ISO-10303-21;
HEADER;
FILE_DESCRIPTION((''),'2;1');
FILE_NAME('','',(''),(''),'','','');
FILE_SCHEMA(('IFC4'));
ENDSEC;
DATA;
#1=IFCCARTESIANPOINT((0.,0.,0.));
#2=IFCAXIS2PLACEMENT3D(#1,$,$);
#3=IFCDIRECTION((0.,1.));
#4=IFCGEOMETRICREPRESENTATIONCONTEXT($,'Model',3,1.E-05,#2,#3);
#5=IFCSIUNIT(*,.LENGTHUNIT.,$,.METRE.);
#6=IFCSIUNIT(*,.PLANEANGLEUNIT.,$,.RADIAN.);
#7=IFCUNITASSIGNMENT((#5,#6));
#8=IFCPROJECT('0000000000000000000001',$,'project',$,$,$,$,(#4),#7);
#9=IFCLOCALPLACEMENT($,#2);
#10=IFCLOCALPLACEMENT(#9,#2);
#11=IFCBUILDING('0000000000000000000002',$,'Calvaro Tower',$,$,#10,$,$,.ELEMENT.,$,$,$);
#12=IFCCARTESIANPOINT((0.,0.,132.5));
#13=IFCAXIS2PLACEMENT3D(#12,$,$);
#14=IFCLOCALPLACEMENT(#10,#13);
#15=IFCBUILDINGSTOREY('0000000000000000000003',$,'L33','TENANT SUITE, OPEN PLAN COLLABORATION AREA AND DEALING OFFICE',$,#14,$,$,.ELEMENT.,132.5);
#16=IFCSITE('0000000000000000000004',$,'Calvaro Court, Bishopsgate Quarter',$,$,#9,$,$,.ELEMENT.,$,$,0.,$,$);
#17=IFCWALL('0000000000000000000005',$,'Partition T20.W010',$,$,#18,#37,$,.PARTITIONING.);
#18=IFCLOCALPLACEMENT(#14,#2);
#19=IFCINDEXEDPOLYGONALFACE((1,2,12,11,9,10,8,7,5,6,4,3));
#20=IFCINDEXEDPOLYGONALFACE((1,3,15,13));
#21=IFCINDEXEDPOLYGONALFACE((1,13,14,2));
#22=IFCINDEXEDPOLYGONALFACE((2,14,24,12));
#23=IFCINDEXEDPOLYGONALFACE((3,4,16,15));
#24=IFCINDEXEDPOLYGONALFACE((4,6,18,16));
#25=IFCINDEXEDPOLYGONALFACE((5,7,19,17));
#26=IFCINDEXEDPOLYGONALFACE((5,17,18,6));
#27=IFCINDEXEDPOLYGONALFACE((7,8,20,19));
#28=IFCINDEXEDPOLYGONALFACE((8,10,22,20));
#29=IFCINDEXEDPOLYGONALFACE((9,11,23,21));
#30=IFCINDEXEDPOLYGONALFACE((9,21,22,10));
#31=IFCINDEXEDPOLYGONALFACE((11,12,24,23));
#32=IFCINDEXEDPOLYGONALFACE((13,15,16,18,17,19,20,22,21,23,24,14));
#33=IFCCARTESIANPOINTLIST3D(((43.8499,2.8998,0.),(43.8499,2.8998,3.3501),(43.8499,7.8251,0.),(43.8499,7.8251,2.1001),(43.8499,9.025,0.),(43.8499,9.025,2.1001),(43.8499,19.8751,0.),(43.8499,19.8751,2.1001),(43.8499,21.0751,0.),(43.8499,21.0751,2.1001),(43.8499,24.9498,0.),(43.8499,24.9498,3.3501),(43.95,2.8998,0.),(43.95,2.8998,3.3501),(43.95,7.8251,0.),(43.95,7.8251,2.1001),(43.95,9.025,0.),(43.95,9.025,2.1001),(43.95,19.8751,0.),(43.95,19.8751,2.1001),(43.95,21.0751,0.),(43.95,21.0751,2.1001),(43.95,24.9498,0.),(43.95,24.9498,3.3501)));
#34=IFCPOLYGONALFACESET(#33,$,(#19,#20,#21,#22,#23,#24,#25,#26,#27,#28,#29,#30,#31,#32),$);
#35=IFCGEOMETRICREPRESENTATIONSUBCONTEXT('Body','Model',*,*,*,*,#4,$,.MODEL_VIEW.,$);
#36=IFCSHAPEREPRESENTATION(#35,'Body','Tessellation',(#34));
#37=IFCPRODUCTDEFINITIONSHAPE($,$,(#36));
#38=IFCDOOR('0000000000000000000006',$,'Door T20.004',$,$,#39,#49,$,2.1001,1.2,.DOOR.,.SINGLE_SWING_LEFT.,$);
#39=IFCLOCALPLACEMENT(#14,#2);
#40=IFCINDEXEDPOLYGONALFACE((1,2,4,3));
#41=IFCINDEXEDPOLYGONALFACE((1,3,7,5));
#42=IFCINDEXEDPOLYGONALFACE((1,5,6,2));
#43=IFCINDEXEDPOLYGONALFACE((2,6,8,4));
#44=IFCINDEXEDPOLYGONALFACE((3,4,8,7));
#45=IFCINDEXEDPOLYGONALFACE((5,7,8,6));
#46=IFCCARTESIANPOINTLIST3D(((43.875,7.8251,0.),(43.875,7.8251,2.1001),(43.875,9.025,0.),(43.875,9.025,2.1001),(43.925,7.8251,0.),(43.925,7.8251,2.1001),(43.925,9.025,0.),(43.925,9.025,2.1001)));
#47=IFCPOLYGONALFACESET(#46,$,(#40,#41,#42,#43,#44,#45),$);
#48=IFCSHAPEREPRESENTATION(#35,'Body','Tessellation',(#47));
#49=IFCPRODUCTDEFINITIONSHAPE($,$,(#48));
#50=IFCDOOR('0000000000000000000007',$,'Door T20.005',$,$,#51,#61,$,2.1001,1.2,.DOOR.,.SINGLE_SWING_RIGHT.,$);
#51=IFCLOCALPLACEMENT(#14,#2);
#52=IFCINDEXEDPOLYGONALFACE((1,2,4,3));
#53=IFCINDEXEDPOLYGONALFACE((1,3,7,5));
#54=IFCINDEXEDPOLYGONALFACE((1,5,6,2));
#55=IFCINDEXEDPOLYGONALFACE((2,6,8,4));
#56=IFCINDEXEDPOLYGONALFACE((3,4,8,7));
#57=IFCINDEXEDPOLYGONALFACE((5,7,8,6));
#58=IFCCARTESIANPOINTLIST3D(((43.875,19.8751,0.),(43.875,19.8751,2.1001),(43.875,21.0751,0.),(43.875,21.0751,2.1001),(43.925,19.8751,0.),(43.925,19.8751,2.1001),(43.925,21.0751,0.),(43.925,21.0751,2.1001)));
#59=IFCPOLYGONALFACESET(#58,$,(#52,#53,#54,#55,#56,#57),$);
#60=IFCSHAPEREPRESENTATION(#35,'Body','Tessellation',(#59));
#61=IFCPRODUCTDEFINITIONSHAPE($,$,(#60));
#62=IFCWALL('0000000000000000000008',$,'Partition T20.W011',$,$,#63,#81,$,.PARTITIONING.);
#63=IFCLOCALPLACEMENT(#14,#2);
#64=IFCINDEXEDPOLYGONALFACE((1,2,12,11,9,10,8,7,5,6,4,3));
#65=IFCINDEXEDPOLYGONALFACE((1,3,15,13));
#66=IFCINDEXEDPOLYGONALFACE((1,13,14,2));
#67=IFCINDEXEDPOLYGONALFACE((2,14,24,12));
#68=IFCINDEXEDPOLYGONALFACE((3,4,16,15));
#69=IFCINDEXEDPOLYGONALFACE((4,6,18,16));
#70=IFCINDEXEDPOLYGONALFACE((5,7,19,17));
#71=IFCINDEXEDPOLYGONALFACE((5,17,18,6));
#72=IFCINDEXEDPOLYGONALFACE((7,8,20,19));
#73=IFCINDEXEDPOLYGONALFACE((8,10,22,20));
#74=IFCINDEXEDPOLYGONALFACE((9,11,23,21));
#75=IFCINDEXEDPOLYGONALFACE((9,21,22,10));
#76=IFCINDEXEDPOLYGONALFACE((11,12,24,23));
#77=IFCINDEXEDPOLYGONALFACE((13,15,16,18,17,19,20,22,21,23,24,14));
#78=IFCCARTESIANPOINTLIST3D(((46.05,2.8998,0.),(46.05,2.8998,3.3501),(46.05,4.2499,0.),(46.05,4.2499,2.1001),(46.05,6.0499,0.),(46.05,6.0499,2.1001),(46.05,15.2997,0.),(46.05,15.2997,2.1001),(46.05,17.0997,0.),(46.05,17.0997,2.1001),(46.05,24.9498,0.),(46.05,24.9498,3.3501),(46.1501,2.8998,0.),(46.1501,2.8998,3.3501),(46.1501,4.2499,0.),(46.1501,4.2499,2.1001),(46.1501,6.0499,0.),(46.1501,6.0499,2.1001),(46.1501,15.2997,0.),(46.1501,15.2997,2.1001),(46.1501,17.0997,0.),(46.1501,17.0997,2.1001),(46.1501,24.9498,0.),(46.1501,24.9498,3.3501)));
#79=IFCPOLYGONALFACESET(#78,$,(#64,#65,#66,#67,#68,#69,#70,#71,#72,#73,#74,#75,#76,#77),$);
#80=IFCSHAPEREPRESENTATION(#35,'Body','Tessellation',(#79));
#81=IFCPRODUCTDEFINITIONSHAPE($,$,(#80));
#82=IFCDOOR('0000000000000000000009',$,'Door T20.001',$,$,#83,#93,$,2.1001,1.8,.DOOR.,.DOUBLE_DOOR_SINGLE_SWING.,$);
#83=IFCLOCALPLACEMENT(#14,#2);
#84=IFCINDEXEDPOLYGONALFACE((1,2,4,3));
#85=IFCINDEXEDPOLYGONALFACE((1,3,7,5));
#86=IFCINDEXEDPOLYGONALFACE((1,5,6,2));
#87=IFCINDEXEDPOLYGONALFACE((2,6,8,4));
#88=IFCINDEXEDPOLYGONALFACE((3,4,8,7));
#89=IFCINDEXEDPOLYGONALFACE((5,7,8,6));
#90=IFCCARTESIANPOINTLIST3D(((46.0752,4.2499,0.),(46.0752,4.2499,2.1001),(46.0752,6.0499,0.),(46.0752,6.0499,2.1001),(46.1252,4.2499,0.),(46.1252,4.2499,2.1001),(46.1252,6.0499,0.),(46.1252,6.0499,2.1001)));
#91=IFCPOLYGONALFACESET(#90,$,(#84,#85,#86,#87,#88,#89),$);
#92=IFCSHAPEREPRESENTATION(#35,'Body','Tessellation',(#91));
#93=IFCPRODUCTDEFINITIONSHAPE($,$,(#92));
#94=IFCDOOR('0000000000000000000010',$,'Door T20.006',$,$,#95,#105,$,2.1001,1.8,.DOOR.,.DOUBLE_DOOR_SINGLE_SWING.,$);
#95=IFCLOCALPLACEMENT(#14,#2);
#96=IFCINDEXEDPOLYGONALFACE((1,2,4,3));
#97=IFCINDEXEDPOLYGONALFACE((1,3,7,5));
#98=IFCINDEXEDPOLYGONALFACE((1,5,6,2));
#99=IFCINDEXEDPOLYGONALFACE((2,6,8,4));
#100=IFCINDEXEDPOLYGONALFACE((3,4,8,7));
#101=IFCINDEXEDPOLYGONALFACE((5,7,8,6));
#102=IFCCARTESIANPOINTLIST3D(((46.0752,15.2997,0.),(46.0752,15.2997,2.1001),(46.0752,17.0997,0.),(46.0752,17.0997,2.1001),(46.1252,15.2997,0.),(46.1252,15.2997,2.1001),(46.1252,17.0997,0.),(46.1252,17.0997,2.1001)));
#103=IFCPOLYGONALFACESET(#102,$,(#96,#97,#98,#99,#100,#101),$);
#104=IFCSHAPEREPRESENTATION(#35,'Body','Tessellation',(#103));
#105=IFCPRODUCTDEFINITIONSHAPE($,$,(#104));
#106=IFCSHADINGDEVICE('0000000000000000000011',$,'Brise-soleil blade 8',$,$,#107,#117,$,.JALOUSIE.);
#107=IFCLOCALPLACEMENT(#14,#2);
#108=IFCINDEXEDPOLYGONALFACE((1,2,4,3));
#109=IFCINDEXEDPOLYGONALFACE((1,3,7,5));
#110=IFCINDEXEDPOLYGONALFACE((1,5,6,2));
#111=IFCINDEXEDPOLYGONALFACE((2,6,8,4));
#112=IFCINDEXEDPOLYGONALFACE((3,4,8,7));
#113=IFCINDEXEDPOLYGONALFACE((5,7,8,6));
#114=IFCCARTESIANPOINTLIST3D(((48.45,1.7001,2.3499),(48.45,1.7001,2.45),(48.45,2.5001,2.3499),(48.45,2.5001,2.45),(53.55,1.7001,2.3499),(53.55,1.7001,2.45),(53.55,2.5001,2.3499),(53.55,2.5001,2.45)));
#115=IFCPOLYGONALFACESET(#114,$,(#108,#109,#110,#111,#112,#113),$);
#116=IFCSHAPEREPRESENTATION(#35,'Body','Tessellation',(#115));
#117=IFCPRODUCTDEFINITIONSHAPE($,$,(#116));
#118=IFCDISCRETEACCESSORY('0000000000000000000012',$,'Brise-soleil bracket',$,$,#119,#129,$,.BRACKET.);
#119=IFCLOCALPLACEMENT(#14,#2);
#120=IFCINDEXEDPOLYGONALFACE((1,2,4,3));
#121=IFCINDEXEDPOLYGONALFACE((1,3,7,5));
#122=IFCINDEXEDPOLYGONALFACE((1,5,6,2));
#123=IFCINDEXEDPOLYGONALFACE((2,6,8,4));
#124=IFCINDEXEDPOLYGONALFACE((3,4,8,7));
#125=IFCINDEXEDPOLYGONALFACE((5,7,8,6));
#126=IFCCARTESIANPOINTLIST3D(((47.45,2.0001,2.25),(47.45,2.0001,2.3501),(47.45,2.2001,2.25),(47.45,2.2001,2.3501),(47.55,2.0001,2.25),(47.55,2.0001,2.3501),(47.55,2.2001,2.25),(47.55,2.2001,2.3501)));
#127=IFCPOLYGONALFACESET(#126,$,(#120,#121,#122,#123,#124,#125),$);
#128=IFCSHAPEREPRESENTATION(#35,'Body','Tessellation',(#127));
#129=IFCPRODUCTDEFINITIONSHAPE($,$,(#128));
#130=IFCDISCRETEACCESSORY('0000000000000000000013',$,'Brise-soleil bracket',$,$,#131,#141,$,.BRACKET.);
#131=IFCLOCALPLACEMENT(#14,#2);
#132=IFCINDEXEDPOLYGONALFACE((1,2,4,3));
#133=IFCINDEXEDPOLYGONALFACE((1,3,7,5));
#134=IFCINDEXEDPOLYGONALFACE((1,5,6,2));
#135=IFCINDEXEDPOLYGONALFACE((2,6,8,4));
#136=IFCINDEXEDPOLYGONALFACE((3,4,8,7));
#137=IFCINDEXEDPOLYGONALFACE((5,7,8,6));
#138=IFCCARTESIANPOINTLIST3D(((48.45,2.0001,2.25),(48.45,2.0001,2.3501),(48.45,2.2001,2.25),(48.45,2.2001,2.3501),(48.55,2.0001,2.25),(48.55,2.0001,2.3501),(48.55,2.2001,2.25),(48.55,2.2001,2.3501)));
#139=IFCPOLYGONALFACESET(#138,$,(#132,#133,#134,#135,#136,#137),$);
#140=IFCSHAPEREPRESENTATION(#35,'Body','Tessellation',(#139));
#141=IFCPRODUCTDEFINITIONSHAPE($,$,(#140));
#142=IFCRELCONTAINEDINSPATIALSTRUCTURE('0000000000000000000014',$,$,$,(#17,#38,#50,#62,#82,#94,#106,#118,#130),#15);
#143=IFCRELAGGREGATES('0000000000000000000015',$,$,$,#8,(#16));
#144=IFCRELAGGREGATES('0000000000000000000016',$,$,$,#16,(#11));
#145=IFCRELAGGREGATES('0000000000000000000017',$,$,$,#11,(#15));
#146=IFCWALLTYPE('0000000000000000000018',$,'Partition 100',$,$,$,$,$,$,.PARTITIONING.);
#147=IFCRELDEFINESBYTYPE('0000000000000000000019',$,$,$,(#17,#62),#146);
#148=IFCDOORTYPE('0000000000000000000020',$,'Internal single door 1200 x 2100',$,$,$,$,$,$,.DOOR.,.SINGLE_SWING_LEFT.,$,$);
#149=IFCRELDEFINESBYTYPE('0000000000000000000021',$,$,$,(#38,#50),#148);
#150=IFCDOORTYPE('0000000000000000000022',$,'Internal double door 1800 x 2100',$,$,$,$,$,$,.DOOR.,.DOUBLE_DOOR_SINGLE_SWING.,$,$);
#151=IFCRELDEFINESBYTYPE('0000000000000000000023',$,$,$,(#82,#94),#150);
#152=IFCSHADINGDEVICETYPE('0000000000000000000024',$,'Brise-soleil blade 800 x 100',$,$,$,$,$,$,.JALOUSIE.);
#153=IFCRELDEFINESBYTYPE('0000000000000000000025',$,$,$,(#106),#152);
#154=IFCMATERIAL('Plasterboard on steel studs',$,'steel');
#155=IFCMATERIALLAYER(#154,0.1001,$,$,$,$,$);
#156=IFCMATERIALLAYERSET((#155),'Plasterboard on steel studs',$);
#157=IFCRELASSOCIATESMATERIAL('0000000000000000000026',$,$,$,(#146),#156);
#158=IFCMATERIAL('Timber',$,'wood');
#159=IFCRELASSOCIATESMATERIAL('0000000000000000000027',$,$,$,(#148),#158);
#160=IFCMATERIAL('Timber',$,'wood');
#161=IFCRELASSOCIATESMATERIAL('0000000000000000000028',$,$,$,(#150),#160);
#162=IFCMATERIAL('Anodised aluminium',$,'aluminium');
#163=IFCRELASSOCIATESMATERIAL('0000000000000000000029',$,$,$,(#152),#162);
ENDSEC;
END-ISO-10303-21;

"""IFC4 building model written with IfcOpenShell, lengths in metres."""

from ifc_helpers import new_model, si_unit, direction, frame, frame_2d, origin, origin_2d, place, context, subcontext, project, spatial, rectangle, extrude, material, layer, layer_set, material_profile, profile_set, type_object, element, fill, save


model = new_model("IFC4")

# Units and contexts
model_context = context("Model", 3, precision=1e-05, world=origin(), true_north=direction((0.0, 1.0)))
body_context = subcontext(model_context, "Body", "Model", "MODEL_VIEW")
ifc_project = project(units=[si_unit("LENGTHUNIT", "METRE"), si_unit("PLANEANGLEUNIT", "RADIAN")], contexts=[model_context])

# Site, building, storey
site_placement = place(None, origin())
site = spatial("IfcSite", under=ifc_project, at=site_placement, Name="Calvaro Court, Bishopsgate Quarter", CompositionType="ELEMENT", RefElevation=0.0)
building_placement = place(site_placement, origin())
building = spatial("IfcBuilding", under=site, at=building_placement, Name="Calvaro Tower", CompositionType="ELEMENT")
storey_placement = place(building_placement, frame((0.0, 0.0, 132.5)))
storey = spatial("IfcBuildingStorey", under=building, at=storey_placement, Name="L33", Description="TENANT SUITE, OPEN PLAN COLLABORATION AREA AND DEALING OFFICE", CompositionType="ELEMENT", Elevation=132.5)

# Walls, openings, doors
ifc_material_1 = material(Name="Plasterboard on steel studs", Category="steel")
ifc_layer_1 = layer(ifc_material_1, 0.1001)
ifc_layer_set_1 = layer_set([ifc_layer_1], Name="Plasterboard on steel studs")
wall_type = type_object("IfcWallType", Name="Partition 100", PredefinedType="PARTITIONING", material=ifc_layer_set_1)
wall_1_placement = place(storey_placement, frame((43.8999, 2.8999, 0.0), z_axis=(0.0, 0.0, 1.0), x_axis=(0.0, 1.0, 0.0)))
wall_1 = element("IfcWall", 1, at=wall_1_placement, inside=storey, type_object=wall_type, Name="Partition T20.W010", PredefinedType="PARTITIONING", context=body_context, shape_type="SweptSolid", body=[
    extrude(rectangle(XDim=22.05, YDim=0.1001, at=frame_2d((11.0249, 0.0))), origin(), (0.0, 0.0, 1.0), 3.3501),
])
opening_1_placement = place(wall_1_placement, frame((4.925, 0.0, 0.0)))
opening_1 = element("IfcOpeningElement", 2, at=opening_1_placement, cuts=wall_1, PredefinedType="OPENING", context=body_context, shape_type="SweptSolid", body=[
    extrude(rectangle(XDim=1.2, YDim=2.1001, at=frame_2d((0.6001, 1.05))), frame((0.0, 0.0601, 0.0), z_axis=(0.0, -1.0, 0.0), x_axis=(1.0, 0.0, 0.0)), (0.0, 0.0, 1.0), 0.1201),
])
opening_2_placement = place(wall_1_placement, frame((16.9751, 0.0, 0.0)))
opening_2 = element("IfcOpeningElement", 3, at=opening_2_placement, cuts=wall_1, PredefinedType="OPENING", context=body_context, shape_type="SweptSolid", body=[
    extrude(rectangle(XDim=1.2, YDim=2.1001, at=frame_2d((0.6001, 1.05))), frame((0.0, 0.0601, 0.0), z_axis=(0.0, -1.0, 0.0), x_axis=(1.0, 0.0, 0.0)), (0.0, 0.0, 1.0), 0.1201),
])
ifc_material_2 = material(Name="Timber", Category="wood")
door_type_1 = type_object("IfcDoorType", Name="Internal single door 1200 x 2100", OperationType="SINGLE_SWING_LEFT", PredefinedType="DOOR", material=ifc_material_2)
door_1_placement = place(opening_1_placement, origin())
door_1 = element("IfcDoor", 4, at=door_1_placement, inside=storey, type_object=door_type_1, Name="Door T20.004", OperationType="SINGLE_SWING_LEFT", OverallHeight=2.1001, OverallWidth=1.2, PredefinedType="DOOR", context=body_context, shape_type="SweptSolid", body=[
    extrude(rectangle(XDim=1.2, YDim=2.1001, at=frame_2d((0.6001, 1.05))), frame((0.0, 0.0249, 0.0), z_axis=(0.0, -1.0, 0.0), x_axis=(1.0, 0.0, 0.0)), (0.0, 0.0, 1.0), 0.05),
])
fill(opening_1, door_1)
door_2_placement = place(opening_2_placement, origin())
door_2 = element("IfcDoor", 5, at=door_2_placement, inside=storey, type_object=door_type_1, Name="Door T20.005", OperationType="SINGLE_SWING_RIGHT", OverallHeight=2.1001, OverallWidth=1.2, PredefinedType="DOOR", context=body_context, shape_type="SweptSolid", body=[
    extrude(rectangle(XDim=1.2, YDim=2.1001, at=frame_2d((0.6001, 1.05))), frame((0.0, 0.0249, 0.0), z_axis=(0.0, -1.0, 0.0), x_axis=(1.0, 0.0, 0.0)), (0.0, 0.0, 1.0), 0.05),
])
fill(opening_2, door_2)
wall_2_placement = place(storey_placement, frame((46.1001, 2.8999, 0.0), z_axis=(0.0, 0.0, 1.0), x_axis=(0.0, 1.0, 0.0)))
wall_2 = element("IfcWall", 6, at=wall_2_placement, inside=storey, type_object=wall_type, Name="Partition T20.W011", PredefinedType="PARTITIONING", context=body_context, shape_type="SweptSolid", body=[
    extrude(rectangle(XDim=22.05, YDim=0.1001, at=frame_2d((11.0249, 0.0))), origin(), (0.0, 0.0, 1.0), 3.3501),
])
opening_3_placement = place(wall_2_placement, frame((1.3501, 0.0, 0.0)))
opening_3 = element("IfcOpeningElement", 7, at=opening_3_placement, cuts=wall_2, PredefinedType="OPENING", context=body_context, shape_type="SweptSolid", body=[
    extrude(rectangle(XDim=1.8, YDim=2.1001, at=frame_2d((0.8999, 1.05))), frame((0.0, 0.0601, 0.0), z_axis=(0.0, -1.0, 0.0), x_axis=(1.0, 0.0, 0.0)), (0.0, 0.0, 1.0), 0.1201),
])
opening_4_placement = place(wall_2_placement, frame((12.3999, 0.0, 0.0)))
opening_4 = element("IfcOpeningElement", 8, at=opening_4_placement, cuts=wall_2, PredefinedType="OPENING", context=body_context, shape_type="SweptSolid", body=[
    extrude(rectangle(XDim=1.8, YDim=2.1001, at=frame_2d((0.8999, 1.05))), frame((0.0, 0.0601, 0.0), z_axis=(0.0, -1.0, 0.0), x_axis=(1.0, 0.0, 0.0)), (0.0, 0.0, 1.0), 0.1201),
])
ifc_material_3 = material(Name="Timber", Category="wood")
door_type_2 = type_object("IfcDoorType", Name="Internal double door 1800 x 2100", OperationType="DOUBLE_DOOR_SINGLE_SWING", PredefinedType="DOOR", material=ifc_material_3)
door_3_placement = place(opening_3_placement, origin())
door_3 = element("IfcDoor", 9, at=door_3_placement, inside=storey, type_object=door_type_2, Name="Door T20.001", OperationType="DOUBLE_DOOR_SINGLE_SWING", OverallHeight=2.1001, OverallWidth=1.8, PredefinedType="DOOR", context=body_context, shape_type="SweptSolid", body=[
    extrude(rectangle(XDim=1.8, YDim=2.1001, at=frame_2d((0.8999, 1.05))), frame((0.0, 0.0249, 0.0), z_axis=(0.0, -1.0, 0.0), x_axis=(1.0, 0.0, 0.0)), (0.0, 0.0, 1.0), 0.05),
])
fill(opening_3, door_3)
door_4_placement = place(opening_4_placement, origin())
door_4 = element("IfcDoor", 10, at=door_4_placement, inside=storey, type_object=door_type_2, Name="Door T20.006", OperationType="DOUBLE_DOOR_SINGLE_SWING", OverallHeight=2.1001, OverallWidth=1.8, PredefinedType="DOOR", context=body_context, shape_type="SweptSolid", body=[
    extrude(rectangle(XDim=1.8, YDim=2.1001, at=frame_2d((0.8999, 1.05))), frame((0.0, 0.0249, 0.0), z_axis=(0.0, -1.0, 0.0), x_axis=(1.0, 0.0, 0.0)), (0.0, 0.0, 1.0), 0.05),
])
fill(opening_4, door_4)

# Shading device
ifc_material_4 = material(Name="Anodised aluminium", Category="aluminium")
ifc_material_profile_1 = material_profile(ifc_material_4, rectangle(XDim=0.8, YDim=0.1001, at=origin_2d()), Name="Brise-soleil blade 800 x 100")
ifc_profile_set_1 = profile_set([ifc_material_profile_1], Name="Anodised aluminium")
shading_device_type = type_object("IfcShadingDeviceType", Name="Brise-soleil blade 800 x 100", PredefinedType="JALOUSIE", material=ifc_profile_set_1)
shading_device_placement = place(storey_placement, frame((48.45, 2.1001, 2.3999), z_axis=(1.0, 0.0, 0.0), x_axis=(0.0, 1.0, 0.0)))
element("IfcShadingDevice", 11, at=shading_device_placement, inside=storey, type_object=shading_device_type, Name="Brise-soleil blade 8", PredefinedType="JALOUSIE", context=body_context, shape_type="SweptSolid", body=[
    extrude(rectangle(XDim=0.8, YDim=0.1001, at=origin_2d()), origin(), (0.0, 0.0, 1.0), 5.1001),
])

# Discrete accessories
for number, where, z_axis, x_axis, name in (
    (12, (47.5, 2.1001, 2.25), (0.0, 0.0, 1.0), (1.0, 0.0, 0.0), "Brise-soleil bracket"),
    (13, (48.5, 2.1001, 2.25), (0.0, 0.0, 1.0), (1.0, 0.0, 0.0), "Brise-soleil bracket"),
):
    element("IfcDiscreteAccessory", number, at=place(storey_placement, frame(where, z_axis=z_axis, x_axis=x_axis)), inside=storey, Name=name, PredefinedType="BRACKET", context=body_context, shape_type="SweptSolid", body=[
        extrude(rectangle(XDim=0.1001, YDim=0.2, at=origin_2d()), origin(), (0.0, 0.0, 1.0), 0.1001),
    ])

save(model, "model.ifc")
